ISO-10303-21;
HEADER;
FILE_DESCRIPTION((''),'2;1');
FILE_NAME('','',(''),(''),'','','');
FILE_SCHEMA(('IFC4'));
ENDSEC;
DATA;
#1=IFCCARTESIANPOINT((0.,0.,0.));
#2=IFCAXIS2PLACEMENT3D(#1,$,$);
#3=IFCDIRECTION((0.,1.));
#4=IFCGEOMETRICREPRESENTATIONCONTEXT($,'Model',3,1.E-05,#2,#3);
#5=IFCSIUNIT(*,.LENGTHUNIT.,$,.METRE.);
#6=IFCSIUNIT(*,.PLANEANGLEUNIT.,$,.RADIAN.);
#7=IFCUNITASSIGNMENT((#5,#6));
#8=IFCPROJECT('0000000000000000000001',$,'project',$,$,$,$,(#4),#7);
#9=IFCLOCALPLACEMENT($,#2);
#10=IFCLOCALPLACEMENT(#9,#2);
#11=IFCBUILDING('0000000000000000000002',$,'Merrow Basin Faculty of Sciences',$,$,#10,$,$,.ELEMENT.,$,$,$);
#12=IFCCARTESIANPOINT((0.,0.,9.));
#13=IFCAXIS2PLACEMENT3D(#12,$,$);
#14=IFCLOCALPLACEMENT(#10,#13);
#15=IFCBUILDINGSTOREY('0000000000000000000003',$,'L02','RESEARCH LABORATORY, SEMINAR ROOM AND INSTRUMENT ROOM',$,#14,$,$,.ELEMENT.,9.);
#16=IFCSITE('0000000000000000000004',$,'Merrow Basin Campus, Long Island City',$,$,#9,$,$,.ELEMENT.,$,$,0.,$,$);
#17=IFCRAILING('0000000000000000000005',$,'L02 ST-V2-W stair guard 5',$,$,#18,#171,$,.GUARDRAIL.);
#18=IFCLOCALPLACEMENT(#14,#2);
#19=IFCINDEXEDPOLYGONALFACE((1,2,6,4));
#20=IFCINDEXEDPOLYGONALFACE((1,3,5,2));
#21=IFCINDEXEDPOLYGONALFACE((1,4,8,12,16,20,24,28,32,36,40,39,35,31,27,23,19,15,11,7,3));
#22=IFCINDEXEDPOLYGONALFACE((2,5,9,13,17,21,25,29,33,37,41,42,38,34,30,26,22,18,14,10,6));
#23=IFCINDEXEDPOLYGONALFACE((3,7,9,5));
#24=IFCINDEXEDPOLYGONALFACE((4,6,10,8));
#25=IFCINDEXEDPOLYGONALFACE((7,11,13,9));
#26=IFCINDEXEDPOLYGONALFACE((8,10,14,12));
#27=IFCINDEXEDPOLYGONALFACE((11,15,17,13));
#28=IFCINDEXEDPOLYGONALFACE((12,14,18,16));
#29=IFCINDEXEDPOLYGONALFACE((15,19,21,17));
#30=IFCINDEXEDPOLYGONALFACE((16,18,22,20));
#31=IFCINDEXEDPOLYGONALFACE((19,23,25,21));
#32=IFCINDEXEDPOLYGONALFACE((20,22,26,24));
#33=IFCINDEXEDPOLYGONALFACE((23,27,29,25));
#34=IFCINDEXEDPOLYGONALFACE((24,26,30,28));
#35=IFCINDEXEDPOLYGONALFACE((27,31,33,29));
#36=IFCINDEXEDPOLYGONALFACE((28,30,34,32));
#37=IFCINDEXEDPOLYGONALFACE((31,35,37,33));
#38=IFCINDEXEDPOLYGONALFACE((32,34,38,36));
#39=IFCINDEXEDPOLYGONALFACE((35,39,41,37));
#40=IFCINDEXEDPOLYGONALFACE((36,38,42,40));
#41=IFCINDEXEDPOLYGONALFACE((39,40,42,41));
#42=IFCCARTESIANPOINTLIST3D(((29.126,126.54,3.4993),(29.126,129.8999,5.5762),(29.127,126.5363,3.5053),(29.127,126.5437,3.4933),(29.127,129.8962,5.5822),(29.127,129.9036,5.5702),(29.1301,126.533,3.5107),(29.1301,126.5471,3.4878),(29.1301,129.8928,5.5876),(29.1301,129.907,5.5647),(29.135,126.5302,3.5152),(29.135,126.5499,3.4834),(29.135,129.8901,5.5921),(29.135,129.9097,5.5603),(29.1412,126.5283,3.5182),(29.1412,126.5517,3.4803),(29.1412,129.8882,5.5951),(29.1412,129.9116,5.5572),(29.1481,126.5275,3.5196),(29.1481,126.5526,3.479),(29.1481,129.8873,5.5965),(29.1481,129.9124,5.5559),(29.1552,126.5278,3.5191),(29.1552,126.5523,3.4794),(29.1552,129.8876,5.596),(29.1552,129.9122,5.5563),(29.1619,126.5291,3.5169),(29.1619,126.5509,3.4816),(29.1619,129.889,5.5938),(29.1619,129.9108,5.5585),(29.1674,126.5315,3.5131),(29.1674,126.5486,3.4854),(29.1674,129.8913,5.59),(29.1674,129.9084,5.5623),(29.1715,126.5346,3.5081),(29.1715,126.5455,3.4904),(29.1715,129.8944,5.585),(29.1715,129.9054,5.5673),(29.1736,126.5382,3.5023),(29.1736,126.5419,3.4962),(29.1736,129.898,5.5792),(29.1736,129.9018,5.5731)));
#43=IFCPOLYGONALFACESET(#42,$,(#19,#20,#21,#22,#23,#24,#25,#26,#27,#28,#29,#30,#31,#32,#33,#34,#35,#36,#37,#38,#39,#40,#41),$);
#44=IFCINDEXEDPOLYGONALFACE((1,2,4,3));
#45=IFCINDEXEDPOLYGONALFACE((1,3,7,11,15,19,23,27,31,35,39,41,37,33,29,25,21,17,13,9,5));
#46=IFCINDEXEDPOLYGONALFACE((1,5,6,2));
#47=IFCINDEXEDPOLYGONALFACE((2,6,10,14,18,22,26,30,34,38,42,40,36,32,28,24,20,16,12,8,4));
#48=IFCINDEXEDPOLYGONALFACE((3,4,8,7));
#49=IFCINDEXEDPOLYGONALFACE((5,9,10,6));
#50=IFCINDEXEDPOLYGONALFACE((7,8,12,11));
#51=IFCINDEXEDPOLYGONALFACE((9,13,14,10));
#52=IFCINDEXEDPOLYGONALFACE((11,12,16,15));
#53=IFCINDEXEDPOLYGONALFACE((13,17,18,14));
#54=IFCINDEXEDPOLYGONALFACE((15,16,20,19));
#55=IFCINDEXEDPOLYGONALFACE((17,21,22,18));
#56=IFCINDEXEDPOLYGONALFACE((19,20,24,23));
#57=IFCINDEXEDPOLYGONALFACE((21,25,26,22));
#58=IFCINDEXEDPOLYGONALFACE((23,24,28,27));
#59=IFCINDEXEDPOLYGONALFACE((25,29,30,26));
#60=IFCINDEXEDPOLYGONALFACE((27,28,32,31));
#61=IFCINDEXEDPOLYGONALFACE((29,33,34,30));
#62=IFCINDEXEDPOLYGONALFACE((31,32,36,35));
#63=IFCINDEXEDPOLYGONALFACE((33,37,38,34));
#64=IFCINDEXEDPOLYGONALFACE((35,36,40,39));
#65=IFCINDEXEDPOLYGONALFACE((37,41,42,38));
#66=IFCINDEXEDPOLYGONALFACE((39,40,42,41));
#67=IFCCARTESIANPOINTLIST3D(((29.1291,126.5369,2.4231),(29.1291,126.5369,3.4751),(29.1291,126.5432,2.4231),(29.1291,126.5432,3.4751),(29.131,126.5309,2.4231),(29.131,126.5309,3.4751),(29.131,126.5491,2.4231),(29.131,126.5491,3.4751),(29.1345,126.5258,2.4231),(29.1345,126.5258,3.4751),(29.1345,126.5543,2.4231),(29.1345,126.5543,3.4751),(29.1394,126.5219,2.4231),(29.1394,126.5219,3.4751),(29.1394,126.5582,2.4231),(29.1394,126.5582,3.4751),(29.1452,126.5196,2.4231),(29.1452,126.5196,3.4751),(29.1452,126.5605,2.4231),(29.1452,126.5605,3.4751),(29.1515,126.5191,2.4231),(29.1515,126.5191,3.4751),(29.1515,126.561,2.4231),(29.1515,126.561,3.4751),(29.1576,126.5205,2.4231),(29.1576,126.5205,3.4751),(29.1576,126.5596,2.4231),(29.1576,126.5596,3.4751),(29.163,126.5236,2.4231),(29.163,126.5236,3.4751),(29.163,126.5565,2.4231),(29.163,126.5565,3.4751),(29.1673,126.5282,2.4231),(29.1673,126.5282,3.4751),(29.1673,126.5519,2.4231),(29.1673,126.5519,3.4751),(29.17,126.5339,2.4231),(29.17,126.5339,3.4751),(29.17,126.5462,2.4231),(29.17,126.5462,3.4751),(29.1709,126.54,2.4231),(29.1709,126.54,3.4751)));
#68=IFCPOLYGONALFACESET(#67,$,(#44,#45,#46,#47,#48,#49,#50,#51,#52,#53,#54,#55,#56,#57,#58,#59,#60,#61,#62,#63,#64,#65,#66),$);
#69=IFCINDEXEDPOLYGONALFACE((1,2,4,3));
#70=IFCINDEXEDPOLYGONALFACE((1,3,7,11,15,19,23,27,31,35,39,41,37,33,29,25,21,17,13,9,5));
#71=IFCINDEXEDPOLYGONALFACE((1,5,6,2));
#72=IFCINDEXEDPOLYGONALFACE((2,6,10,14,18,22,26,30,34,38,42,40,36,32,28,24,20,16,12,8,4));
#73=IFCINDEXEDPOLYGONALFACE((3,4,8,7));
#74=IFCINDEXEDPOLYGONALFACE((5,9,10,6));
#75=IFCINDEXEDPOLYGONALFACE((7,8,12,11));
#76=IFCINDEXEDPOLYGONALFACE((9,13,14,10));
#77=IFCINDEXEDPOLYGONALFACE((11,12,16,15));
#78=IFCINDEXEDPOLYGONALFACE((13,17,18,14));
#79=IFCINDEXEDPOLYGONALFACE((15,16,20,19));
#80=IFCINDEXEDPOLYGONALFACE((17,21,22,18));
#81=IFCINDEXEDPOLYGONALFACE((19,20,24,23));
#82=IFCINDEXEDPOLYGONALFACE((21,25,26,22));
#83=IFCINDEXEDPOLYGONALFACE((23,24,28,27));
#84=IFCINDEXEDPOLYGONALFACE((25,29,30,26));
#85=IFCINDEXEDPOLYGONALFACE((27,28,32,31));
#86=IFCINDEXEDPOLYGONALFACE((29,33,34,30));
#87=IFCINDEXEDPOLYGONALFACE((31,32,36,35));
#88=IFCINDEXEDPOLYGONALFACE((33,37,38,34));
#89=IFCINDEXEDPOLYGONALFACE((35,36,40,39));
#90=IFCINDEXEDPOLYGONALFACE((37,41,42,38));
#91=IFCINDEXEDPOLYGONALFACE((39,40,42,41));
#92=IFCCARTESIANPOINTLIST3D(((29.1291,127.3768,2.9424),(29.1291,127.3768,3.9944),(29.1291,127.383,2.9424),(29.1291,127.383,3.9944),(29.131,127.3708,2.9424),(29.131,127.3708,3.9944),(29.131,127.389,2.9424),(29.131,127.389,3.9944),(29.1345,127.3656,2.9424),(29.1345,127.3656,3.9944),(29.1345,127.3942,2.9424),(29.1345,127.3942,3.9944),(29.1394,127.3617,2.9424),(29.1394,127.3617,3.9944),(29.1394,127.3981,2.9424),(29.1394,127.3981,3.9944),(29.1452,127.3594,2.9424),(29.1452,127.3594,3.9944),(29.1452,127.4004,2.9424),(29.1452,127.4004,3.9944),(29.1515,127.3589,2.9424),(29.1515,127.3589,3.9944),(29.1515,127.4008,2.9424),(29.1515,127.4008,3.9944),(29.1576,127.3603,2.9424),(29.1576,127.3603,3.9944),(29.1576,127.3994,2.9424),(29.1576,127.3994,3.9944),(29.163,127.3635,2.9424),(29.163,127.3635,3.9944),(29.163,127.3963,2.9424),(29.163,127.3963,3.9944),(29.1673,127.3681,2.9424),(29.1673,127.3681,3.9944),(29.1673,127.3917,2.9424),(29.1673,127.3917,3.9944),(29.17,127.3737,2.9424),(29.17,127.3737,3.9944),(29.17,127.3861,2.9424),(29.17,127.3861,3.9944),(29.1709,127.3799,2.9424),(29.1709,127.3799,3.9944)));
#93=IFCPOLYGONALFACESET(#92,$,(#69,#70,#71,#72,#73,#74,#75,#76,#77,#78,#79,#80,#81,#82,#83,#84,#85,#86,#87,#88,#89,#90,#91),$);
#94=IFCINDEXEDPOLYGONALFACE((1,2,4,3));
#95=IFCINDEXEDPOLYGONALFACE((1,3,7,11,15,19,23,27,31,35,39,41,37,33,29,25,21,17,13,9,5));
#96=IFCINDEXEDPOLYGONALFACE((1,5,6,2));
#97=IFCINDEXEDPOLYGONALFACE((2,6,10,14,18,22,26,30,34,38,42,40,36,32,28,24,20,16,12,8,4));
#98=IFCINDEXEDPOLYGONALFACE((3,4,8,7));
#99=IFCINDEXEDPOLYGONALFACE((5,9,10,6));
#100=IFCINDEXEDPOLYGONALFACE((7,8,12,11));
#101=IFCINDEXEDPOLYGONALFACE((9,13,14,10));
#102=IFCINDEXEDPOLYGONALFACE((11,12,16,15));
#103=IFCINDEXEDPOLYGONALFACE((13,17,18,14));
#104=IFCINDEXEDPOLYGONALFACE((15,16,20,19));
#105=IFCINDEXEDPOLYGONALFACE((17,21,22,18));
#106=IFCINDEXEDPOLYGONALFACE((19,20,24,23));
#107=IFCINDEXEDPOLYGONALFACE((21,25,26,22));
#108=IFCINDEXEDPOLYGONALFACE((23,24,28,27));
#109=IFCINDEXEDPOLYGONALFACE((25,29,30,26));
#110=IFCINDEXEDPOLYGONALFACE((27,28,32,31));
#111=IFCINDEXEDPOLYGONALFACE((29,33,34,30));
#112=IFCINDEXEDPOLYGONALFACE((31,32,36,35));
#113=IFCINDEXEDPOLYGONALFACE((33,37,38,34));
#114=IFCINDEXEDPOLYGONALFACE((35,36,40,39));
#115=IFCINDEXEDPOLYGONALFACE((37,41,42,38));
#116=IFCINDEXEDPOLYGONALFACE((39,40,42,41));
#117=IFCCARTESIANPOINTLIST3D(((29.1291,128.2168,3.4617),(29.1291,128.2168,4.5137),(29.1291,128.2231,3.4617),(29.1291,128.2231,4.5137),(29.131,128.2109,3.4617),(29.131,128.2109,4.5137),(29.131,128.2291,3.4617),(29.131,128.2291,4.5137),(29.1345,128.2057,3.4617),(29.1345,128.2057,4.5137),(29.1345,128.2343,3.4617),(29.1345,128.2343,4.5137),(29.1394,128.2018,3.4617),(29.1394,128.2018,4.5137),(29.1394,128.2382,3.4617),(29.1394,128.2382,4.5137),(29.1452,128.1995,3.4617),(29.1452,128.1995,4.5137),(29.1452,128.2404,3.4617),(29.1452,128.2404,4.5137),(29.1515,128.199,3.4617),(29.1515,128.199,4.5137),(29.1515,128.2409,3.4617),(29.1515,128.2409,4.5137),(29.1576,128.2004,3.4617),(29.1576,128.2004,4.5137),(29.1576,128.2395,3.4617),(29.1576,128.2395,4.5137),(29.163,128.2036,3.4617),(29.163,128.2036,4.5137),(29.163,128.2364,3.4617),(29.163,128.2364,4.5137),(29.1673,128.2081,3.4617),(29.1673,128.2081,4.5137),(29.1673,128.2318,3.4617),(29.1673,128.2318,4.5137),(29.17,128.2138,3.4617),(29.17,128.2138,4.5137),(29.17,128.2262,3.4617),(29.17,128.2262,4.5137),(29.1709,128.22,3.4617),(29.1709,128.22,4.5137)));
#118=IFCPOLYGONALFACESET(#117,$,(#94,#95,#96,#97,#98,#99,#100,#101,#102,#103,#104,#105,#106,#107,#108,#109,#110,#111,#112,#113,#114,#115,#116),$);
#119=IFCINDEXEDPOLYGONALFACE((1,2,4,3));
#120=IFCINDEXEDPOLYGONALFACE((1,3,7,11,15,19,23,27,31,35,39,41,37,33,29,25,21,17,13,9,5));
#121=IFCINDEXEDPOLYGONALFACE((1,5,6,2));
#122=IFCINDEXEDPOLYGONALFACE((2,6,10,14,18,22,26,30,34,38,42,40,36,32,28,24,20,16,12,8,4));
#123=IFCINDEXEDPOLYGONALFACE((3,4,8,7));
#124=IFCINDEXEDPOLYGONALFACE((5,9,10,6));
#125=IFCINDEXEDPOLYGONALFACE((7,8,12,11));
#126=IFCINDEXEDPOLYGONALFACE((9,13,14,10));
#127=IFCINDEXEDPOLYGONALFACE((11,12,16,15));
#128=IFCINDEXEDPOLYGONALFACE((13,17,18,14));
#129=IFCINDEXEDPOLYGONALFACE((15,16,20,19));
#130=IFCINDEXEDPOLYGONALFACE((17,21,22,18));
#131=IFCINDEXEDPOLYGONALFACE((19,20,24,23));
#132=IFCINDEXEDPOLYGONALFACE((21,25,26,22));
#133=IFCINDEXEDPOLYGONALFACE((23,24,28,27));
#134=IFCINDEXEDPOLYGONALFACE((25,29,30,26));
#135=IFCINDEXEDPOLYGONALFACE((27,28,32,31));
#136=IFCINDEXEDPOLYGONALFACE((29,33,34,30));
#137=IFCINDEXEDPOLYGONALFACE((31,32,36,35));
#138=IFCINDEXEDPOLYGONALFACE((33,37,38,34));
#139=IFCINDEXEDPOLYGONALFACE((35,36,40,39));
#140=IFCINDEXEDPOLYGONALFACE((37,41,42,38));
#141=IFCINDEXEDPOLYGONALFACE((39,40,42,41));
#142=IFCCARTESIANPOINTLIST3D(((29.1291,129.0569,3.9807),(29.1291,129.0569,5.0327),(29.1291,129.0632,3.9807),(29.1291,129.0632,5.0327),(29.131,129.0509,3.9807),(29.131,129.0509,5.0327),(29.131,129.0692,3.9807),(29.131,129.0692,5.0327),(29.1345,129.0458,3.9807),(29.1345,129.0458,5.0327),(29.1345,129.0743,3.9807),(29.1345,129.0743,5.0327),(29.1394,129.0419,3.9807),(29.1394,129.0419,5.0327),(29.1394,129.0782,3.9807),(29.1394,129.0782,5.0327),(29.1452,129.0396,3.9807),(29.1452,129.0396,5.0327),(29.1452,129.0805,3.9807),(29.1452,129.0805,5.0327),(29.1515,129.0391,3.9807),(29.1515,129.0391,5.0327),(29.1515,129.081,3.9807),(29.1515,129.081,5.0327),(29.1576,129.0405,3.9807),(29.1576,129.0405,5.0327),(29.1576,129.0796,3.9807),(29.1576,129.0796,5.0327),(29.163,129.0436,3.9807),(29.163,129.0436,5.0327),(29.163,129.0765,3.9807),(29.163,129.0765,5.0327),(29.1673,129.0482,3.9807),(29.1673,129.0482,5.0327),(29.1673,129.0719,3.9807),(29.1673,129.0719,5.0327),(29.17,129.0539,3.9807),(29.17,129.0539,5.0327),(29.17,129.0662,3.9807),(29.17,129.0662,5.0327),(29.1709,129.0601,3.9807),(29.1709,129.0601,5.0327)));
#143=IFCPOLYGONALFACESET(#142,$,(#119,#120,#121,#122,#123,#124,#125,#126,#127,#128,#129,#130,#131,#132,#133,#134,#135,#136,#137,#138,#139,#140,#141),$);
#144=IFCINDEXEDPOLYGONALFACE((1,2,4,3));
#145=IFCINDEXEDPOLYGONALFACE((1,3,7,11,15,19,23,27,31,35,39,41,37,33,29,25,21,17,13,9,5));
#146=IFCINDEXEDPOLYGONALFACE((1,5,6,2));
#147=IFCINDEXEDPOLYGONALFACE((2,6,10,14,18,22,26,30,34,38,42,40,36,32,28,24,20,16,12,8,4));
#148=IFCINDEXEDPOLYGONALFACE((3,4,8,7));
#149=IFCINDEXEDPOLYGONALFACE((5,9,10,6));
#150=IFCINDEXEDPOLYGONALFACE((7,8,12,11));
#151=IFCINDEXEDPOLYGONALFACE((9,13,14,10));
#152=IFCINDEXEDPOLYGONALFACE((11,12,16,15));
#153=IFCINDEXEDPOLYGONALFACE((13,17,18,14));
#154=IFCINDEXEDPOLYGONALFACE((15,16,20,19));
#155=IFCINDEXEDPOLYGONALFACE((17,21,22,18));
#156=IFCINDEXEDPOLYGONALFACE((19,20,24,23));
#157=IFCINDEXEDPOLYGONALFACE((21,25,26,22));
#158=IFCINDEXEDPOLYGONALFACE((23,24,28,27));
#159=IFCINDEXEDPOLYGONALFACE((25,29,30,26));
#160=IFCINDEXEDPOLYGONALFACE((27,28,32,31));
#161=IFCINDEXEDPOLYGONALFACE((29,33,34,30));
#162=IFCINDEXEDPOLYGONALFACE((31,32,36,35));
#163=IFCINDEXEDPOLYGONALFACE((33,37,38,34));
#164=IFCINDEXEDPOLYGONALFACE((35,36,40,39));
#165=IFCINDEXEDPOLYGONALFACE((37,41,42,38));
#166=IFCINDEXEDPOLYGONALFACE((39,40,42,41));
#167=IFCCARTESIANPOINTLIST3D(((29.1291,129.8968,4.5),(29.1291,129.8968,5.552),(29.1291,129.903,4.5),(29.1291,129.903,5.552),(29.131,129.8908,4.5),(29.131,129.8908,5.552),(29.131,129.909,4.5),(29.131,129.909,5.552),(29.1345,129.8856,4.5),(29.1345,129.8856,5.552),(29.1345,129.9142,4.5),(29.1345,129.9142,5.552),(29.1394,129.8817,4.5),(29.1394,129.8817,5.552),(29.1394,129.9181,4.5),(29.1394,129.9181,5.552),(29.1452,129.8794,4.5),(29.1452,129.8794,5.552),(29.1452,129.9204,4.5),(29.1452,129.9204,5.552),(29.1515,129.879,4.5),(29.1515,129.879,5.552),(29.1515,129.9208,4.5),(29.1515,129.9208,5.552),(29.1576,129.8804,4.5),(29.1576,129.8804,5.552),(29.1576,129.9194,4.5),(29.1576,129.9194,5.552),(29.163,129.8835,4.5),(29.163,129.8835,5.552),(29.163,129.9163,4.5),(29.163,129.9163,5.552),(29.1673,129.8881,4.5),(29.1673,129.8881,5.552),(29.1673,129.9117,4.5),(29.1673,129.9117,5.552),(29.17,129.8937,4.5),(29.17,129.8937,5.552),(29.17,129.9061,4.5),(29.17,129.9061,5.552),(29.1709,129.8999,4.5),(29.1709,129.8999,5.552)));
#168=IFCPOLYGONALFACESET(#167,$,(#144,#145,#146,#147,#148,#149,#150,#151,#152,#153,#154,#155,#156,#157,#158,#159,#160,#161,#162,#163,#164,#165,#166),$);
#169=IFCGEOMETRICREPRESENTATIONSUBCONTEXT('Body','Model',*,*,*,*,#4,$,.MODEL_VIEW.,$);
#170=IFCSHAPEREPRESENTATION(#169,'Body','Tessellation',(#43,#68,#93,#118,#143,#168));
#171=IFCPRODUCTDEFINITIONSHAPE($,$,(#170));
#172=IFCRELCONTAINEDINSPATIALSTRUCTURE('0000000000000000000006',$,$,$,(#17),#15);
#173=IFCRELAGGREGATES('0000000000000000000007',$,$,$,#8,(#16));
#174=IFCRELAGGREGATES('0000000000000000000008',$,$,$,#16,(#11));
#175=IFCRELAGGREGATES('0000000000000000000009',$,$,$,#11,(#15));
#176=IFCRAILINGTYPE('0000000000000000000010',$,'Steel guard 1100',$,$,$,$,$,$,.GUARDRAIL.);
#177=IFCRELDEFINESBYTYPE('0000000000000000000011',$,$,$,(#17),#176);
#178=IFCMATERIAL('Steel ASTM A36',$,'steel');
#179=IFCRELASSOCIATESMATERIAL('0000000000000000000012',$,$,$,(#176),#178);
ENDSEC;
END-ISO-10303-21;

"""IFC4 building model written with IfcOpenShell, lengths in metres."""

from ifc_helpers import new_model, si_unit, direction, frame, origin, origin_2d, place, context, subcontext, project, spatial, circle, extrude, material, type_object, element, save


model = new_model("IFC4")

# Units and contexts
model_context = context("Model", 3, precision=1e-05, world=origin(), true_north=direction((0.0, 1.0)))
body_context = subcontext(model_context, "Body", "Model", "MODEL_VIEW")
ifc_project = project(units=[si_unit("LENGTHUNIT", "METRE"), si_unit("PLANEANGLEUNIT", "RADIAN")], contexts=[model_context])

# Site, building, storey
site_placement = place(None, origin())
site = spatial("IfcSite", under=ifc_project, at=site_placement, Name="Merrow Basin Campus, Long Island City", CompositionType="ELEMENT", RefElevation=0.0)
building_placement = place(site_placement, origin())
building = spatial("IfcBuilding", under=site, at=building_placement, Name="Merrow Basin Faculty of Sciences", CompositionType="ELEMENT")
storey_placement = place(building_placement, frame((0.0, 0.0, 9.0)))
storey = spatial("IfcBuildingStorey", under=building, at=storey_placement, Name="L02", Description="RESEARCH LABORATORY, SEMINAR ROOM AND INSTRUMENT ROOM", CompositionType="ELEMENT", Elevation=9.0)

# Railing
ifc_material_1 = material(Name="Steel ASTM A36", Category="steel")
railing_type_1 = type_object("IfcRailingType", Name="Steel guard 1100", PredefinedType="GUARDRAIL", material=ifc_material_1)
railing_1_placement = place(storey_placement, frame((29.1499, 126.54, 2.4231)))
element("IfcRailing", 1, at=railing_1_placement, inside=storey, type_object=railing_type_1, Name="L02 ST-V2-W stair guard 5", PredefinedType="GUARDRAIL", context=body_context, shape_type="SweptSolid", body=[
    extrude(circle(Radius=0.0239, at=origin_2d()), frame((0.0, 0.0, 1.0762), z_axis=(0.0, 0.850606, 0.525803), x_axis=(-1.0, 0.0, 0.0)), (0.0, 0.0, 1.0), 3.95),
    extrude(circle(Radius=0.021, at=origin_2d()), origin(), (0.0, 0.0, 1.0), 1.052),
    extrude(circle(Radius=0.021, at=origin_2d()), frame((0.0, 0.8398, 0.5193)), (0.0, 0.0, 1.0), 1.052),
    extrude(circle(Radius=0.021, at=origin_2d()), frame((0.0, 1.6799, 1.0386)), (0.0, 0.0, 1.0), 1.052),
    extrude(circle(Radius=0.021, at=origin_2d()), frame((0.0, 2.52, 1.5576)), (0.0, 0.0, 1.0), 1.052),
    extrude(circle(Radius=0.021, at=origin_2d()), frame((0.0, 3.3599, 2.0769)), (0.0, 0.0, 1.0), 1.052),
])

save(model, "model.ifc")
